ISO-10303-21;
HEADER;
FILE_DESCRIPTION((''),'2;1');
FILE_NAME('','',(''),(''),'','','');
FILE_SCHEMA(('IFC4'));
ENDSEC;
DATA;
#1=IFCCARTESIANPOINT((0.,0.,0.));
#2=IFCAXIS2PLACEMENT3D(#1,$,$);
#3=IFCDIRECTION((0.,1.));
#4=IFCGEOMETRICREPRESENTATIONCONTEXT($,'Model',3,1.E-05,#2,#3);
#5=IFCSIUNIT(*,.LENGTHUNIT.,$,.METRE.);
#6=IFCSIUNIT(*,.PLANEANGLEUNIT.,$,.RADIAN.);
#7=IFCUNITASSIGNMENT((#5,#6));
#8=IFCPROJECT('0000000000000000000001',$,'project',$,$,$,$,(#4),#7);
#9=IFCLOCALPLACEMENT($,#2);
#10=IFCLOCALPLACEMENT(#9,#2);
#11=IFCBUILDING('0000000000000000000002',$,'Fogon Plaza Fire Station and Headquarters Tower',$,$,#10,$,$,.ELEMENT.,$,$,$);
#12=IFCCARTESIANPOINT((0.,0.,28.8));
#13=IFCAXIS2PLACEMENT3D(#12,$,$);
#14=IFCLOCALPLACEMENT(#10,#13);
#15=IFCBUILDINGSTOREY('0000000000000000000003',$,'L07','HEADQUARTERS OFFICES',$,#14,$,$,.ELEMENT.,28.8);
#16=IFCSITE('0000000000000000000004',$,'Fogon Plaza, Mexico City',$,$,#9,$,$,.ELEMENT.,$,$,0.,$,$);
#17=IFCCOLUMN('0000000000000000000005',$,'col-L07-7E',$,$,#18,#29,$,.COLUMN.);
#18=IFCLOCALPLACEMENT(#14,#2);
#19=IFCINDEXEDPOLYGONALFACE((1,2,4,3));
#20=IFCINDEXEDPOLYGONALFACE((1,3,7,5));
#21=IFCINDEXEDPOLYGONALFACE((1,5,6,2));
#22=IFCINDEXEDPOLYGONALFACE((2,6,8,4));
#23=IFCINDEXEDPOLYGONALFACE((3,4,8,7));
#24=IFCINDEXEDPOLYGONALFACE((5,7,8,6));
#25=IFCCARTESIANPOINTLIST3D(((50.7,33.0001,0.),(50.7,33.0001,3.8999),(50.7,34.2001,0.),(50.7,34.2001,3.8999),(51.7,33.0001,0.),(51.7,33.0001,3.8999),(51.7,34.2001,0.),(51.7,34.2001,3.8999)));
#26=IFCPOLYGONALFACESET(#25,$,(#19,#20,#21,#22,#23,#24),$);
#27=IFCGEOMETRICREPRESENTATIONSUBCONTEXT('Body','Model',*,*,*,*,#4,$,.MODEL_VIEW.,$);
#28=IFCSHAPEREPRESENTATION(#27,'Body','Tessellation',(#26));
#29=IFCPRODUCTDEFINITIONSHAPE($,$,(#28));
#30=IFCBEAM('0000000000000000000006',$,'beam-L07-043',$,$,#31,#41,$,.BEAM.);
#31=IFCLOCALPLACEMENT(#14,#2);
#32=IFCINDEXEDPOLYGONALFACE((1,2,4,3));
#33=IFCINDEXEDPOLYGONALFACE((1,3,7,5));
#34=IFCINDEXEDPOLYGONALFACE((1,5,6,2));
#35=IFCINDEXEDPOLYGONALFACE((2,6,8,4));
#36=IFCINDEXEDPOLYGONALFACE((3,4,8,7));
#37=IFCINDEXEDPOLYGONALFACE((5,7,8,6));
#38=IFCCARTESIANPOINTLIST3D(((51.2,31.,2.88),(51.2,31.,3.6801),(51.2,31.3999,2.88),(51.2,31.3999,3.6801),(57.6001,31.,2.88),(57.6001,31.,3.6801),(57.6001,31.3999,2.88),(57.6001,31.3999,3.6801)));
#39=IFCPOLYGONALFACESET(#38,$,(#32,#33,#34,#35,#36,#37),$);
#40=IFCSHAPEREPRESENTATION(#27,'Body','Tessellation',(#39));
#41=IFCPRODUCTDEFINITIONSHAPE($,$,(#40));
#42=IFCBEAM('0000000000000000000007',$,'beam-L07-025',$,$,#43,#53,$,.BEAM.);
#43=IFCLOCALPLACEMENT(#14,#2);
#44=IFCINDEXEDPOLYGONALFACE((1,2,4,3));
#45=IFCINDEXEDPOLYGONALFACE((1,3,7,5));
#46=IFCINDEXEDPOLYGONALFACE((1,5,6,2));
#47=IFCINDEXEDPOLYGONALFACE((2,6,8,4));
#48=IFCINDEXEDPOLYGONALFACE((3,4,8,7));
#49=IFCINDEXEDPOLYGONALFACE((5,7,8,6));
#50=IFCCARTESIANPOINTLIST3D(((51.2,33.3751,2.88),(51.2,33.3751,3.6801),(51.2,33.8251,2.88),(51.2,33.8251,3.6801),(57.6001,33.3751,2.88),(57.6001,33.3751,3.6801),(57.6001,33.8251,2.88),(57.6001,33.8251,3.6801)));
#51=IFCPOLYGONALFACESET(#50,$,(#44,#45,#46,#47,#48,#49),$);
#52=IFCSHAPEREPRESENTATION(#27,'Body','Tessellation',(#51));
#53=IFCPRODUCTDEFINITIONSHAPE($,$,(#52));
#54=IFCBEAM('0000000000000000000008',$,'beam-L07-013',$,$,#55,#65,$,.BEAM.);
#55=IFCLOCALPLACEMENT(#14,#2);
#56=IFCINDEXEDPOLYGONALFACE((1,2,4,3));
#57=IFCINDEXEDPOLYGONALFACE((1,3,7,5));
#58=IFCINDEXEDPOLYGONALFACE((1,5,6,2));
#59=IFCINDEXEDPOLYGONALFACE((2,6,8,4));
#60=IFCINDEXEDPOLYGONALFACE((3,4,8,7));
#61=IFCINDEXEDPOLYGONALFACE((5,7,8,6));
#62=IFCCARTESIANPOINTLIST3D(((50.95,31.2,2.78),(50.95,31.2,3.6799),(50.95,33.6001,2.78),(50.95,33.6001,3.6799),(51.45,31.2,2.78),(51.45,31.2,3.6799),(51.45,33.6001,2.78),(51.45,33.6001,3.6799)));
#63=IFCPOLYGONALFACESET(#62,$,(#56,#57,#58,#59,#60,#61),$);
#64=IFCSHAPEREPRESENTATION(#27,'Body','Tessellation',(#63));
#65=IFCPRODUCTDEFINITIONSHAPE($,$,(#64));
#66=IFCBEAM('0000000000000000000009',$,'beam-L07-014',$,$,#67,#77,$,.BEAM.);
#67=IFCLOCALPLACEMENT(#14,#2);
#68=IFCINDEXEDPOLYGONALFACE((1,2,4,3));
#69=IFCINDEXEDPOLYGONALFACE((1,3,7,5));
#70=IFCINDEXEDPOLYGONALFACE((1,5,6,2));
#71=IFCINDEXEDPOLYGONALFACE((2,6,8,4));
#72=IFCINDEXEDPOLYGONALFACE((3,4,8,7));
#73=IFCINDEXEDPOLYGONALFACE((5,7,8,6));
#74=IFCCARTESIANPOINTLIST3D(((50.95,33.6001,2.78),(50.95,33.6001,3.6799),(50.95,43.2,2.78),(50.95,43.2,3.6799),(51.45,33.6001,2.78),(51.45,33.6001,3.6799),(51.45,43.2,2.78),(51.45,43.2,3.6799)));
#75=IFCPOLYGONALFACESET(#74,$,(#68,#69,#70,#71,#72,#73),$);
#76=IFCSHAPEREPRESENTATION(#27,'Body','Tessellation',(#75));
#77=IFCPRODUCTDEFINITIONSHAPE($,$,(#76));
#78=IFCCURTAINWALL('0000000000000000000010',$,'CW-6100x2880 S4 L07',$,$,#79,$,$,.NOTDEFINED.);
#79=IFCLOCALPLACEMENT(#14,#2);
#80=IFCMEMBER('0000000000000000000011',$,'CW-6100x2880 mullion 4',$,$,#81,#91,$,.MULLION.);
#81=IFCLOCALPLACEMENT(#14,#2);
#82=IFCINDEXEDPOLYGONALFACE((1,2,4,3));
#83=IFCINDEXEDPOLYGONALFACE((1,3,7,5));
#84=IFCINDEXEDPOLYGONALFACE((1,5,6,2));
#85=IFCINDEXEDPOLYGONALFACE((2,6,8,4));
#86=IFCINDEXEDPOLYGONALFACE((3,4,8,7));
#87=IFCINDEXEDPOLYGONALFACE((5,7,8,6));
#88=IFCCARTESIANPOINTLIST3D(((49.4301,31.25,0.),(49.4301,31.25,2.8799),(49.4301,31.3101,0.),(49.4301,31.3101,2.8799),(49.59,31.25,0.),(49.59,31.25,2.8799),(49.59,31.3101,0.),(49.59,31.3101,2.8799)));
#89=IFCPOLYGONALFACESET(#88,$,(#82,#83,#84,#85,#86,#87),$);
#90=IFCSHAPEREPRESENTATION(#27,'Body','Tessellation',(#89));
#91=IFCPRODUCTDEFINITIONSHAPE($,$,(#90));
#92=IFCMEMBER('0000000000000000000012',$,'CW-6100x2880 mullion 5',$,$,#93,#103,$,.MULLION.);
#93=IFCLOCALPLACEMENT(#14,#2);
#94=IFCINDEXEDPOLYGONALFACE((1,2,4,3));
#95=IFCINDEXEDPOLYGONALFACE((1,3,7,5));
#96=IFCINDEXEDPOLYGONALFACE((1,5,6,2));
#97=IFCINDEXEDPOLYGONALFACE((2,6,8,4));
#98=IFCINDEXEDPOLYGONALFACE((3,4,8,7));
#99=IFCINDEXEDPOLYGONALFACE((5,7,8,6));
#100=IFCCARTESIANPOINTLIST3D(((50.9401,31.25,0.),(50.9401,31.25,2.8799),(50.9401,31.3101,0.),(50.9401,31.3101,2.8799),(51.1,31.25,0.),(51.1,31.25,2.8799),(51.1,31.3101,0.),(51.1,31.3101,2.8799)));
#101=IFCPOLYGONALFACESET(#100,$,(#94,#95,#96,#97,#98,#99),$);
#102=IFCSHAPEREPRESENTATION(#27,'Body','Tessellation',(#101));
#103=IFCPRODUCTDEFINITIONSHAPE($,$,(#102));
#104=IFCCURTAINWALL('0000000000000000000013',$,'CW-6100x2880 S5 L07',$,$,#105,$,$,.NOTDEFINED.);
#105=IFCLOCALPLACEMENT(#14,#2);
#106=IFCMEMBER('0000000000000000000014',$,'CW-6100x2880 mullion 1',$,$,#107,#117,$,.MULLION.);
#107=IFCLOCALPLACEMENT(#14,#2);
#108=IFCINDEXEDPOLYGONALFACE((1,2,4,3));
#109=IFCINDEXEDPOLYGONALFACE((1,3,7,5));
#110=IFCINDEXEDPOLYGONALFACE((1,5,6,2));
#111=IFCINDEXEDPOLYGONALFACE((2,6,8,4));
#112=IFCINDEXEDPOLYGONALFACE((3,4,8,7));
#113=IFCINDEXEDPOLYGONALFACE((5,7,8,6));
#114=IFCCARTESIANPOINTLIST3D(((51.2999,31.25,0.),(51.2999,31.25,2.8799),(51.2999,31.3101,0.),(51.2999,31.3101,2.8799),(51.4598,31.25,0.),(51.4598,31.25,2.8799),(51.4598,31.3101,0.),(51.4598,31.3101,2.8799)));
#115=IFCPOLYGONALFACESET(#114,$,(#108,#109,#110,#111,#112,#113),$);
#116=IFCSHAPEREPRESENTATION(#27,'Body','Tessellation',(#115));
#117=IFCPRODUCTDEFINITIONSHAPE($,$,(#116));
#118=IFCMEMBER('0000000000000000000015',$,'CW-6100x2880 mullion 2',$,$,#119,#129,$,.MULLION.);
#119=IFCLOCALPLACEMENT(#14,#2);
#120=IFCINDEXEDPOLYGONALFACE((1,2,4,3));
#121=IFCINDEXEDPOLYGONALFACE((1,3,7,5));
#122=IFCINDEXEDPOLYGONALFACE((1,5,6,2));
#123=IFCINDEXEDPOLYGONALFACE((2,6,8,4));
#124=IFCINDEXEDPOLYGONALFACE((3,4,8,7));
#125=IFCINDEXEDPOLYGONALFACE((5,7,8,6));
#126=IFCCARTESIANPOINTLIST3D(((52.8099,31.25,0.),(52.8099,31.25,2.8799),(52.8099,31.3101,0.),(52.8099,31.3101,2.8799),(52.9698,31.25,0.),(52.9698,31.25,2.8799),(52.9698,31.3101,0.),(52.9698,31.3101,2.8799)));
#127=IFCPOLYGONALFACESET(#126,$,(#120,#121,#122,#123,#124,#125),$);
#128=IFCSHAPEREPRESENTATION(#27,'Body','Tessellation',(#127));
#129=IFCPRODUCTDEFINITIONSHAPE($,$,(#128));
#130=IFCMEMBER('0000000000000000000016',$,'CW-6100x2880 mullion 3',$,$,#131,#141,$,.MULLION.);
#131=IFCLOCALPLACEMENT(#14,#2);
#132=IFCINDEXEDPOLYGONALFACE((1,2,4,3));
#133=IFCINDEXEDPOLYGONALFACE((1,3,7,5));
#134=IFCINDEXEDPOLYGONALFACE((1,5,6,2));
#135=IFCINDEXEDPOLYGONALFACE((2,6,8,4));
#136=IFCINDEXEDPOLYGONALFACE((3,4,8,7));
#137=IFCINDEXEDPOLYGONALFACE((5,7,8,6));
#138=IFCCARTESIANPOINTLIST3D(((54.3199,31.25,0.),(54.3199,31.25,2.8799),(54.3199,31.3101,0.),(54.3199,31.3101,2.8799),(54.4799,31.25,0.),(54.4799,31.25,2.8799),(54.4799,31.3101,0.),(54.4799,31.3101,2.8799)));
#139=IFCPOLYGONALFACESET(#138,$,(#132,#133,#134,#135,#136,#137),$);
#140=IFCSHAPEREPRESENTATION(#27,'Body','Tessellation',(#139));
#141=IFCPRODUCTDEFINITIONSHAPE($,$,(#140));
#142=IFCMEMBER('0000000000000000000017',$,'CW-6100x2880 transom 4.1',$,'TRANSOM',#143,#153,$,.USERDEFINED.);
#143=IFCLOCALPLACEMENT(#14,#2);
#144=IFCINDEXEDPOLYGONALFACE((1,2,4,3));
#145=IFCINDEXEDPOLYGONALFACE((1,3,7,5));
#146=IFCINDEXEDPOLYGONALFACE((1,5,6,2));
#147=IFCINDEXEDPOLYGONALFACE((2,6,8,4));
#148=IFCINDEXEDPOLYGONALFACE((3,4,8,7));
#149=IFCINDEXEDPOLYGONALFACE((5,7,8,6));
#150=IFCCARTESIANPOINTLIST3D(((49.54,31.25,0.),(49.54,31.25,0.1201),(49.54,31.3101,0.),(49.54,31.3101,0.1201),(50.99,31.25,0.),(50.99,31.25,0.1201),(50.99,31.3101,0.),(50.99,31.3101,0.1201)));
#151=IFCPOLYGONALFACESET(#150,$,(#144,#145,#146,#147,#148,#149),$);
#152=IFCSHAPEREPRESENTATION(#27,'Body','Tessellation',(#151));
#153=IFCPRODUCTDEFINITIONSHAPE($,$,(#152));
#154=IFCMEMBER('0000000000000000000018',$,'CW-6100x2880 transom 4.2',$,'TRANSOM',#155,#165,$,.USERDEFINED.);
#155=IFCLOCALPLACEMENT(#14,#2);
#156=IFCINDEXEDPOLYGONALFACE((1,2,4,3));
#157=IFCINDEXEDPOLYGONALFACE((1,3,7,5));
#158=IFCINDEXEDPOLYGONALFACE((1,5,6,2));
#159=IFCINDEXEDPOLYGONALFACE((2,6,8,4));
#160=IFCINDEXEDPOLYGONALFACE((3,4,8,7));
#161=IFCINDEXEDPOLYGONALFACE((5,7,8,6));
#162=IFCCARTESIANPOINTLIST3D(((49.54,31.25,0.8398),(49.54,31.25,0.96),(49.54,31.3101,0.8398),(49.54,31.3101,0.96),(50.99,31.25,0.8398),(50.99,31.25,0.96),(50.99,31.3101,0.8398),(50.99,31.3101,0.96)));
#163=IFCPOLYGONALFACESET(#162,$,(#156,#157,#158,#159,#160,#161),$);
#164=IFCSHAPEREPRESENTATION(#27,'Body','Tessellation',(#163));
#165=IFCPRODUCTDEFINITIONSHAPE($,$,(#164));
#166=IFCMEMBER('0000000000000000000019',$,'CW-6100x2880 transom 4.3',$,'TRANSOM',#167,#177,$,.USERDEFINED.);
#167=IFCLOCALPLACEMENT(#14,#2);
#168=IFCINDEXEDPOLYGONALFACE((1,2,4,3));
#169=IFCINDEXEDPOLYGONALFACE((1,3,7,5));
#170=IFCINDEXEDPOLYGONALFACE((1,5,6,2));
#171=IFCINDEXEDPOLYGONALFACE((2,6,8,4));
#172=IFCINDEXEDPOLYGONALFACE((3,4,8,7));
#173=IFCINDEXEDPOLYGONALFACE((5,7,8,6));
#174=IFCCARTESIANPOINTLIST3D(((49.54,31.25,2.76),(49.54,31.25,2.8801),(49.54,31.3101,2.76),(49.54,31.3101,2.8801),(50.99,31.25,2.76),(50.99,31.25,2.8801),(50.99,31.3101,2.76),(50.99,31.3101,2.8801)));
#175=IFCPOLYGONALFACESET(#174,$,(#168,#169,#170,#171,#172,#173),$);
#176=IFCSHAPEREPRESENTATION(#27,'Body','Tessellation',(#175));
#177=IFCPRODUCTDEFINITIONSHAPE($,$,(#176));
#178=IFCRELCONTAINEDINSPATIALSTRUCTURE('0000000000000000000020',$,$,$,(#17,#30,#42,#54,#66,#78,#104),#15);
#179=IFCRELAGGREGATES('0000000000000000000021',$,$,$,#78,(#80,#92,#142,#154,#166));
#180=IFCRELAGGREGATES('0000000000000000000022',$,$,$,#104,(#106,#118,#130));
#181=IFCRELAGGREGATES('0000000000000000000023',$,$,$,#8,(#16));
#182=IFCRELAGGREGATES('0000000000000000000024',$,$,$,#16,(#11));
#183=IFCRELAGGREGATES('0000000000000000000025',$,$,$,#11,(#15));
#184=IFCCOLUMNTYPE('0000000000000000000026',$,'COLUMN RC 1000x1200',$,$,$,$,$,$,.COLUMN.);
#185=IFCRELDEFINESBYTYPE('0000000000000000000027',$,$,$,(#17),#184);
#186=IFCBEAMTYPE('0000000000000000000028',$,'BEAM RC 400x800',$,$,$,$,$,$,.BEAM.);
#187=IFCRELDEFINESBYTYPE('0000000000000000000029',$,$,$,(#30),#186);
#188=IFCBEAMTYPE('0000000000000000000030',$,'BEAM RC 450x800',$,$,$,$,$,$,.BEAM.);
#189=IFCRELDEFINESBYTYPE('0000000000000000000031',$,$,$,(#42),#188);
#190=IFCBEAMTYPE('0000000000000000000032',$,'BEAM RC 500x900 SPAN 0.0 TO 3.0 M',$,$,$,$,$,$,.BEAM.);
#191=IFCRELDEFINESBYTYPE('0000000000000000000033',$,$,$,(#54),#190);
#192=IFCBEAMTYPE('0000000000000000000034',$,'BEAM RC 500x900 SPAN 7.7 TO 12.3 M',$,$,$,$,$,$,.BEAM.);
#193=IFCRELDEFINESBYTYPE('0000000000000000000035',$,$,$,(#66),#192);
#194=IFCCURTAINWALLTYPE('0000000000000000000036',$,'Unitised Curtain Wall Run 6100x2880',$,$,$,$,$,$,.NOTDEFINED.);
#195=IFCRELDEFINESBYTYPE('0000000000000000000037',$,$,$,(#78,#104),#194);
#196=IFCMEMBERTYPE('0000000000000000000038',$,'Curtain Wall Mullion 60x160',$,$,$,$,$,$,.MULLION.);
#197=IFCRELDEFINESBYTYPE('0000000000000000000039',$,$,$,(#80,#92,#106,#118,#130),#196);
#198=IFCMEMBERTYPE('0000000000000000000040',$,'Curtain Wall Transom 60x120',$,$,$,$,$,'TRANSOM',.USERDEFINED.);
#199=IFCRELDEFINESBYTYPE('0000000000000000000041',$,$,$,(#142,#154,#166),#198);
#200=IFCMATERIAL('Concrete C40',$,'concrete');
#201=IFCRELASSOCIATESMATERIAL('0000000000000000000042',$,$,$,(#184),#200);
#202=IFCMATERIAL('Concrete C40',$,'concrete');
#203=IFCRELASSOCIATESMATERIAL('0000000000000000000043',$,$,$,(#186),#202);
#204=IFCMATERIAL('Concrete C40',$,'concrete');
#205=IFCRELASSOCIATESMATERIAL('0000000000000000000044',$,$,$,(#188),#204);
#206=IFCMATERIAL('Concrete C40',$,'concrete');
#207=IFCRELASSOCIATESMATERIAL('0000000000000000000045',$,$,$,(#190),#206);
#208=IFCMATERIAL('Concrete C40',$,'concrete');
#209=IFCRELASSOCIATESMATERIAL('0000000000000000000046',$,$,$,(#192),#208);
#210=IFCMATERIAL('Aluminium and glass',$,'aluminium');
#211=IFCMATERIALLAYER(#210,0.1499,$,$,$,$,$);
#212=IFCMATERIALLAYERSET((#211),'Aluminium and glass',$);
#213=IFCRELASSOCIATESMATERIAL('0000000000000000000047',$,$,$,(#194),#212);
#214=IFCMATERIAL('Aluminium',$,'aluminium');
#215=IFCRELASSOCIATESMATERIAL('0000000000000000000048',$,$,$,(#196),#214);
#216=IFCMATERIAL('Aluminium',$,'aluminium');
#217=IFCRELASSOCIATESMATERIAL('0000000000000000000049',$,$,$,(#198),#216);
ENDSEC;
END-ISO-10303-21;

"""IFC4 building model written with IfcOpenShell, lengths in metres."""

from ifc_helpers import new_model, si_unit, direction, frame, origin, origin_2d, place, context, subcontext, project, spatial, rectangle, extrude, material, layer, layer_set, material_profile, profile_set, type_object, element, aggregate, save


model = new_model("IFC4")

# Units and contexts
model_context = context("Model", 3, precision=1e-05, world=origin(), true_north=direction((0.0, 1.0)))
body_context = subcontext(model_context, "Body", "Model", "MODEL_VIEW")
ifc_project = project(units=[si_unit("LENGTHUNIT", "METRE"), si_unit("PLANEANGLEUNIT", "RADIAN")], contexts=[model_context])

# Site, building, storey
site_placement = place(None, origin())
site = spatial("IfcSite", under=ifc_project, at=site_placement, Name="Fogon Plaza, Mexico City", CompositionType="ELEMENT", RefElevation=0.0)
building_placement = place(site_placement, origin())
building = spatial("IfcBuilding", under=site, at=building_placement, Name="Fogon Plaza Fire Station and Headquarters Tower", CompositionType="ELEMENT")
storey_placement = place(building_placement, frame((0.0, 0.0, 28.8)))
storey = spatial("IfcBuildingStorey", under=building, at=storey_placement, Name="L07", Description="HEADQUARTERS OFFICES", CompositionType="ELEMENT", Elevation=28.8)

# Column
ifc_material_1 = material(Name="Concrete C40", Category="concrete")
ifc_material_profile_1 = material_profile(ifc_material_1, rectangle(XDim=1.0, YDim=1.2, at=origin_2d()), Name="RC 1000x1200")
ifc_profile_set_1 = profile_set([ifc_material_profile_1], Name="Concrete C40")
column_type = type_object("IfcColumnType", Name="COLUMN RC 1000x1200", PredefinedType="COLUMN", material=ifc_profile_set_1)
column_placement = place(storey_placement, frame((51.2, 33.6001, 0.0), z_axis=(0.0, 0.0, 1.0), x_axis=(1.0, 0.0, 0.0)))
element("IfcColumn", 1, at=column_placement, inside=storey, type_object=column_type, Name="col-L07-7E", PredefinedType="COLUMN", context=body_context, shape_type="SweptSolid", body=[
    extrude(rectangle(XDim=1.0, YDim=1.2, at=origin_2d()), origin(), (0.0, 0.0, 1.0), 3.8999),
])

# Beams
ifc_material_2 = material(Name="Concrete C40", Category="concrete")
ifc_material_profile_2 = material_profile(ifc_material_2, rectangle(XDim=0.3999, YDim=0.8, at=origin_2d()), Name="RC 400x800")
ifc_profile_set_2 = profile_set([ifc_material_profile_2], Name="Concrete C40")
beam_type_1 = type_object("IfcBeamType", Name="BEAM RC 400x800", PredefinedType="BEAM", material=ifc_profile_set_2)
beam_1_placement = place(storey_placement, frame((51.2, 31.2, 3.28), z_axis=(1.0, 0.0, 0.0), x_axis=(0.0, 1.0, 0.0)))
element("IfcBeam", 2, at=beam_1_placement, inside=storey, type_object=beam_type_1, Name="beam-L07-043", PredefinedType="BEAM", context=body_context, shape_type="SweptSolid", body=[
    extrude(rectangle(XDim=0.3999, YDim=0.8, at=origin_2d()), origin(), (0.0, 0.0, 1.0), 6.4001),
])
ifc_material_3 = material(Name="Concrete C40", Category="concrete")
ifc_material_profile_3 = material_profile(ifc_material_3, rectangle(XDim=0.45, YDim=0.8, at=origin_2d()), Name="RC 450x800")
ifc_profile_set_3 = profile_set([ifc_material_profile_3], Name="Concrete C40")
beam_type_2 = type_object("IfcBeamType", Name="BEAM RC 450x800", PredefinedType="BEAM", material=ifc_profile_set_3)
beam_2_placement = place(storey_placement, frame((51.2, 33.6001, 3.28), z_axis=(1.0, 0.0, 0.0), x_axis=(0.0, 1.0, 0.0)))
element("IfcBeam", 3, at=beam_2_placement, inside=storey, type_object=beam_type_2, Name="beam-L07-025", PredefinedType="BEAM", context=body_context, shape_type="SweptSolid", body=[
    extrude(rectangle(XDim=0.45, YDim=0.8, at=origin_2d()), origin(), (0.0, 0.0, 1.0), 6.4001),
])
ifc_material_4 = material(Name="Concrete C40", Category="concrete")
ifc_material_profile_4 = material_profile(ifc_material_4, rectangle(XDim=0.5, YDim=0.8999, at=origin_2d()), Name="RC 500x900")
ifc_profile_set_4 = profile_set([ifc_material_profile_4], Name="Concrete C40")
beam_type_3 = type_object("IfcBeamType", Name="BEAM RC 500x900 SPAN 0.0 TO 3.0 M", PredefinedType="BEAM", material=ifc_profile_set_4)
beam_3_placement = place(storey_placement, frame((51.2, 31.2, 3.23), z_axis=(0.0, 1.0, 0.0), x_axis=(-1.0, 0.0, 0.0)))
element("IfcBeam", 4, at=beam_3_placement, inside=storey, type_object=beam_type_3, Name="beam-L07-013", PredefinedType="BEAM", context=body_context, shape_type="SweptSolid", body=[
    extrude(rectangle(XDim=0.5, YDim=0.8999, at=origin_2d()), origin(), (0.0, 0.0, 1.0), 2.4001),
])
ifc_material_5 = material(Name="Concrete C40", Category="concrete")
ifc_material_profile_5 = material_profile(ifc_material_5, rectangle(XDim=0.5, YDim=0.8999, at=origin_2d()), Name="RC 500x900")
ifc_profile_set_5 = profile_set([ifc_material_profile_5], Name="Concrete C40")
beam_type_4 = type_object("IfcBeamType", Name="BEAM RC 500x900 SPAN 7.7 TO 12.3 M", PredefinedType="BEAM", material=ifc_profile_set_5)
beam_4_placement = place(storey_placement, frame((51.2, 33.6001, 3.23), z_axis=(0.0, 1.0, 0.0), x_axis=(-1.0, 0.0, 0.0)))
element("IfcBeam", 5, at=beam_4_placement, inside=storey, type_object=beam_type_4, Name="beam-L07-014", PredefinedType="BEAM", context=body_context, shape_type="SweptSolid", body=[
    extrude(rectangle(XDim=0.5, YDim=0.8999, at=origin_2d()), origin(), (0.0, 0.0, 1.0), 9.5999),
])

# Curtain walls, members
ifc_material_6 = material(Name="Aluminium and glass", Category="aluminium")
ifc_layer_1 = layer(ifc_material_6, 0.1499)
ifc_layer_set_1 = layer_set([ifc_layer_1], Name="Aluminium and glass")
curtain_wall_type = type_object("IfcCurtainWallType", Name="Unitised Curtain Wall Run 6100x2880", PredefinedType="NOTDEFINED", material=ifc_layer_set_1)
curtain_wall_1_placement = place(storey_placement, origin())
curtain_wall_1 = element("IfcCurtainWall", 6, at=curtain_wall_1_placement, inside=storey, type_object=curtain_wall_type, Name="CW-6100x2880 S4 L07", PredefinedType="NOTDEFINED")
ifc_material_7 = material(Name="Aluminium", Category="aluminium")
ifc_material_profile_6 = material_profile(ifc_material_7, rectangle(XDim=0.0601, YDim=0.1599, at=origin_2d()), Name="Curtain Wall Mullion 60x160")
ifc_profile_set_6 = profile_set([ifc_material_profile_6], Name="Aluminium")
member_type_1 = type_object("IfcMemberType", Name="Curtain Wall Mullion 60x160", PredefinedType="MULLION", material=ifc_profile_set_6)
member_1_placement = place(storey_placement, frame((49.51, 31.28, 0.0), z_axis=(0.0, 0.0, 1.0), x_axis=(0.0, 1.0, 0.0)))
member_1 = element("IfcMember", 7, at=member_1_placement, type_object=member_type_1, Name="CW-6100x2880 mullion 4", PredefinedType="MULLION", context=body_context, shape_type="SweptSolid", body=[
    extrude(rectangle(XDim=0.0601, YDim=0.1599, at=origin_2d()), origin(), (0.0, 0.0, 1.0), 2.8799),
])
member_2_placement = place(storey_placement, frame((51.02, 31.28, 0.0), z_axis=(0.0, 0.0, 1.0), x_axis=(0.0, 1.0, 0.0)))
member_2 = element("IfcMember", 8, at=member_2_placement, type_object=member_type_1, Name="CW-6100x2880 mullion 5", PredefinedType="MULLION", context=body_context, shape_type="SweptSolid", body=[
    extrude(rectangle(XDim=0.0601, YDim=0.1599, at=origin_2d()), origin(), (0.0, 0.0, 1.0), 2.8799),
])
curtain_wall_2_placement = place(storey_placement, origin())
curtain_wall_2 = element("IfcCurtainWall", 9, at=curtain_wall_2_placement, inside=storey, type_object=curtain_wall_type, Name="CW-6100x2880 S5 L07", PredefinedType="NOTDEFINED")
member_3_placement = place(storey_placement, frame((51.3799, 31.28, 0.0), z_axis=(0.0, 0.0, 1.0), x_axis=(0.0, 1.0, 0.0)))
member_3 = element("IfcMember", 10, at=member_3_placement, type_object=member_type_1, Name="CW-6100x2880 mullion 1", PredefinedType="MULLION", context=body_context, shape_type="SweptSolid", body=[
    extrude(rectangle(XDim=0.0601, YDim=0.1599, at=origin_2d()), origin(), (0.0, 0.0, 1.0), 2.8799),
])
member_4_placement = place(storey_placement, frame((52.8899, 31.28, 0.0), z_axis=(0.0, 0.0, 1.0), x_axis=(0.0, 1.0, 0.0)))
member_4 = element("IfcMember", 11, at=member_4_placement, type_object=member_type_1, Name="CW-6100x2880 mullion 2", PredefinedType="MULLION", context=body_context, shape_type="SweptSolid", body=[
    extrude(rectangle(XDim=0.0601, YDim=0.1599, at=origin_2d()), origin(), (0.0, 0.0, 1.0), 2.8799),
])
member_5_placement = place(storey_placement, frame((54.3999, 31.28, 0.0), z_axis=(0.0, 0.0, 1.0), x_axis=(0.0, 1.0, 0.0)))
member_5 = element("IfcMember", 12, at=member_5_placement, type_object=member_type_1, Name="CW-6100x2880 mullion 3", PredefinedType="MULLION", context=body_context, shape_type="SweptSolid", body=[
    extrude(rectangle(XDim=0.0601, YDim=0.1599, at=origin_2d()), origin(), (0.0, 0.0, 1.0), 2.8799),
])

# Members
ifc_material_8 = material(Name="Aluminium", Category="aluminium")
ifc_material_profile_7 = material_profile(ifc_material_8, rectangle(XDim=0.0601, YDim=0.1201, at=origin_2d()), Name="Curtain Wall Transom 60x120")
ifc_profile_set_7 = profile_set([ifc_material_profile_7], Name="Aluminium")
member_type_2 = type_object("IfcMemberType", Name="Curtain Wall Transom 60x120", ElementType="TRANSOM", PredefinedType="USERDEFINED", material=ifc_profile_set_7)
member_6_placement = place(storey_placement, frame((49.54, 31.28, 0.0601), z_axis=(1.0, 0.0, 0.0), x_axis=(0.0, 1.0, 0.0)))
member_6 = element("IfcMember", 13, at=member_6_placement, type_object=member_type_2, Name="CW-6100x2880 transom 4.1", ObjectType="TRANSOM", PredefinedType="USERDEFINED", context=body_context, shape_type="SweptSolid", body=[
    extrude(rectangle(XDim=0.0601, YDim=0.1201, at=origin_2d()), origin(), (0.0, 0.0, 1.0), 1.45),
])
member_7_placement = place(storey_placement, frame((49.54, 31.28, 0.8999), z_axis=(1.0, 0.0, 0.0), x_axis=(0.0, 1.0, 0.0)))
member_7 = element("IfcMember", 14, at=member_7_placement, type_object=member_type_2, Name="CW-6100x2880 transom 4.2", ObjectType="TRANSOM", PredefinedType="USERDEFINED", context=body_context, shape_type="SweptSolid", body=[
    extrude(rectangle(XDim=0.0601, YDim=0.1201, at=origin_2d()), origin(), (0.0, 0.0, 1.0), 1.45),
])
member_8_placement = place(storey_placement, frame((49.54, 31.28, 2.8201), z_axis=(1.0, 0.0, 0.0), x_axis=(0.0, 1.0, 0.0)))
member_8 = element("IfcMember", 15, at=member_8_placement, type_object=member_type_2, Name="CW-6100x2880 transom 4.3", ObjectType="TRANSOM", PredefinedType="USERDEFINED", context=body_context, shape_type="SweptSolid", body=[
    extrude(rectangle(XDim=0.0601, YDim=0.1201, at=origin_2d()), origin(), (0.0, 0.0, 1.0), 1.45),
])

aggregate(curtain_wall_1, [member_1, member_2, member_6, member_7, member_8])
aggregate(curtain_wall_2, [member_3, member_4, member_5])

save(model, "model.ifc")
